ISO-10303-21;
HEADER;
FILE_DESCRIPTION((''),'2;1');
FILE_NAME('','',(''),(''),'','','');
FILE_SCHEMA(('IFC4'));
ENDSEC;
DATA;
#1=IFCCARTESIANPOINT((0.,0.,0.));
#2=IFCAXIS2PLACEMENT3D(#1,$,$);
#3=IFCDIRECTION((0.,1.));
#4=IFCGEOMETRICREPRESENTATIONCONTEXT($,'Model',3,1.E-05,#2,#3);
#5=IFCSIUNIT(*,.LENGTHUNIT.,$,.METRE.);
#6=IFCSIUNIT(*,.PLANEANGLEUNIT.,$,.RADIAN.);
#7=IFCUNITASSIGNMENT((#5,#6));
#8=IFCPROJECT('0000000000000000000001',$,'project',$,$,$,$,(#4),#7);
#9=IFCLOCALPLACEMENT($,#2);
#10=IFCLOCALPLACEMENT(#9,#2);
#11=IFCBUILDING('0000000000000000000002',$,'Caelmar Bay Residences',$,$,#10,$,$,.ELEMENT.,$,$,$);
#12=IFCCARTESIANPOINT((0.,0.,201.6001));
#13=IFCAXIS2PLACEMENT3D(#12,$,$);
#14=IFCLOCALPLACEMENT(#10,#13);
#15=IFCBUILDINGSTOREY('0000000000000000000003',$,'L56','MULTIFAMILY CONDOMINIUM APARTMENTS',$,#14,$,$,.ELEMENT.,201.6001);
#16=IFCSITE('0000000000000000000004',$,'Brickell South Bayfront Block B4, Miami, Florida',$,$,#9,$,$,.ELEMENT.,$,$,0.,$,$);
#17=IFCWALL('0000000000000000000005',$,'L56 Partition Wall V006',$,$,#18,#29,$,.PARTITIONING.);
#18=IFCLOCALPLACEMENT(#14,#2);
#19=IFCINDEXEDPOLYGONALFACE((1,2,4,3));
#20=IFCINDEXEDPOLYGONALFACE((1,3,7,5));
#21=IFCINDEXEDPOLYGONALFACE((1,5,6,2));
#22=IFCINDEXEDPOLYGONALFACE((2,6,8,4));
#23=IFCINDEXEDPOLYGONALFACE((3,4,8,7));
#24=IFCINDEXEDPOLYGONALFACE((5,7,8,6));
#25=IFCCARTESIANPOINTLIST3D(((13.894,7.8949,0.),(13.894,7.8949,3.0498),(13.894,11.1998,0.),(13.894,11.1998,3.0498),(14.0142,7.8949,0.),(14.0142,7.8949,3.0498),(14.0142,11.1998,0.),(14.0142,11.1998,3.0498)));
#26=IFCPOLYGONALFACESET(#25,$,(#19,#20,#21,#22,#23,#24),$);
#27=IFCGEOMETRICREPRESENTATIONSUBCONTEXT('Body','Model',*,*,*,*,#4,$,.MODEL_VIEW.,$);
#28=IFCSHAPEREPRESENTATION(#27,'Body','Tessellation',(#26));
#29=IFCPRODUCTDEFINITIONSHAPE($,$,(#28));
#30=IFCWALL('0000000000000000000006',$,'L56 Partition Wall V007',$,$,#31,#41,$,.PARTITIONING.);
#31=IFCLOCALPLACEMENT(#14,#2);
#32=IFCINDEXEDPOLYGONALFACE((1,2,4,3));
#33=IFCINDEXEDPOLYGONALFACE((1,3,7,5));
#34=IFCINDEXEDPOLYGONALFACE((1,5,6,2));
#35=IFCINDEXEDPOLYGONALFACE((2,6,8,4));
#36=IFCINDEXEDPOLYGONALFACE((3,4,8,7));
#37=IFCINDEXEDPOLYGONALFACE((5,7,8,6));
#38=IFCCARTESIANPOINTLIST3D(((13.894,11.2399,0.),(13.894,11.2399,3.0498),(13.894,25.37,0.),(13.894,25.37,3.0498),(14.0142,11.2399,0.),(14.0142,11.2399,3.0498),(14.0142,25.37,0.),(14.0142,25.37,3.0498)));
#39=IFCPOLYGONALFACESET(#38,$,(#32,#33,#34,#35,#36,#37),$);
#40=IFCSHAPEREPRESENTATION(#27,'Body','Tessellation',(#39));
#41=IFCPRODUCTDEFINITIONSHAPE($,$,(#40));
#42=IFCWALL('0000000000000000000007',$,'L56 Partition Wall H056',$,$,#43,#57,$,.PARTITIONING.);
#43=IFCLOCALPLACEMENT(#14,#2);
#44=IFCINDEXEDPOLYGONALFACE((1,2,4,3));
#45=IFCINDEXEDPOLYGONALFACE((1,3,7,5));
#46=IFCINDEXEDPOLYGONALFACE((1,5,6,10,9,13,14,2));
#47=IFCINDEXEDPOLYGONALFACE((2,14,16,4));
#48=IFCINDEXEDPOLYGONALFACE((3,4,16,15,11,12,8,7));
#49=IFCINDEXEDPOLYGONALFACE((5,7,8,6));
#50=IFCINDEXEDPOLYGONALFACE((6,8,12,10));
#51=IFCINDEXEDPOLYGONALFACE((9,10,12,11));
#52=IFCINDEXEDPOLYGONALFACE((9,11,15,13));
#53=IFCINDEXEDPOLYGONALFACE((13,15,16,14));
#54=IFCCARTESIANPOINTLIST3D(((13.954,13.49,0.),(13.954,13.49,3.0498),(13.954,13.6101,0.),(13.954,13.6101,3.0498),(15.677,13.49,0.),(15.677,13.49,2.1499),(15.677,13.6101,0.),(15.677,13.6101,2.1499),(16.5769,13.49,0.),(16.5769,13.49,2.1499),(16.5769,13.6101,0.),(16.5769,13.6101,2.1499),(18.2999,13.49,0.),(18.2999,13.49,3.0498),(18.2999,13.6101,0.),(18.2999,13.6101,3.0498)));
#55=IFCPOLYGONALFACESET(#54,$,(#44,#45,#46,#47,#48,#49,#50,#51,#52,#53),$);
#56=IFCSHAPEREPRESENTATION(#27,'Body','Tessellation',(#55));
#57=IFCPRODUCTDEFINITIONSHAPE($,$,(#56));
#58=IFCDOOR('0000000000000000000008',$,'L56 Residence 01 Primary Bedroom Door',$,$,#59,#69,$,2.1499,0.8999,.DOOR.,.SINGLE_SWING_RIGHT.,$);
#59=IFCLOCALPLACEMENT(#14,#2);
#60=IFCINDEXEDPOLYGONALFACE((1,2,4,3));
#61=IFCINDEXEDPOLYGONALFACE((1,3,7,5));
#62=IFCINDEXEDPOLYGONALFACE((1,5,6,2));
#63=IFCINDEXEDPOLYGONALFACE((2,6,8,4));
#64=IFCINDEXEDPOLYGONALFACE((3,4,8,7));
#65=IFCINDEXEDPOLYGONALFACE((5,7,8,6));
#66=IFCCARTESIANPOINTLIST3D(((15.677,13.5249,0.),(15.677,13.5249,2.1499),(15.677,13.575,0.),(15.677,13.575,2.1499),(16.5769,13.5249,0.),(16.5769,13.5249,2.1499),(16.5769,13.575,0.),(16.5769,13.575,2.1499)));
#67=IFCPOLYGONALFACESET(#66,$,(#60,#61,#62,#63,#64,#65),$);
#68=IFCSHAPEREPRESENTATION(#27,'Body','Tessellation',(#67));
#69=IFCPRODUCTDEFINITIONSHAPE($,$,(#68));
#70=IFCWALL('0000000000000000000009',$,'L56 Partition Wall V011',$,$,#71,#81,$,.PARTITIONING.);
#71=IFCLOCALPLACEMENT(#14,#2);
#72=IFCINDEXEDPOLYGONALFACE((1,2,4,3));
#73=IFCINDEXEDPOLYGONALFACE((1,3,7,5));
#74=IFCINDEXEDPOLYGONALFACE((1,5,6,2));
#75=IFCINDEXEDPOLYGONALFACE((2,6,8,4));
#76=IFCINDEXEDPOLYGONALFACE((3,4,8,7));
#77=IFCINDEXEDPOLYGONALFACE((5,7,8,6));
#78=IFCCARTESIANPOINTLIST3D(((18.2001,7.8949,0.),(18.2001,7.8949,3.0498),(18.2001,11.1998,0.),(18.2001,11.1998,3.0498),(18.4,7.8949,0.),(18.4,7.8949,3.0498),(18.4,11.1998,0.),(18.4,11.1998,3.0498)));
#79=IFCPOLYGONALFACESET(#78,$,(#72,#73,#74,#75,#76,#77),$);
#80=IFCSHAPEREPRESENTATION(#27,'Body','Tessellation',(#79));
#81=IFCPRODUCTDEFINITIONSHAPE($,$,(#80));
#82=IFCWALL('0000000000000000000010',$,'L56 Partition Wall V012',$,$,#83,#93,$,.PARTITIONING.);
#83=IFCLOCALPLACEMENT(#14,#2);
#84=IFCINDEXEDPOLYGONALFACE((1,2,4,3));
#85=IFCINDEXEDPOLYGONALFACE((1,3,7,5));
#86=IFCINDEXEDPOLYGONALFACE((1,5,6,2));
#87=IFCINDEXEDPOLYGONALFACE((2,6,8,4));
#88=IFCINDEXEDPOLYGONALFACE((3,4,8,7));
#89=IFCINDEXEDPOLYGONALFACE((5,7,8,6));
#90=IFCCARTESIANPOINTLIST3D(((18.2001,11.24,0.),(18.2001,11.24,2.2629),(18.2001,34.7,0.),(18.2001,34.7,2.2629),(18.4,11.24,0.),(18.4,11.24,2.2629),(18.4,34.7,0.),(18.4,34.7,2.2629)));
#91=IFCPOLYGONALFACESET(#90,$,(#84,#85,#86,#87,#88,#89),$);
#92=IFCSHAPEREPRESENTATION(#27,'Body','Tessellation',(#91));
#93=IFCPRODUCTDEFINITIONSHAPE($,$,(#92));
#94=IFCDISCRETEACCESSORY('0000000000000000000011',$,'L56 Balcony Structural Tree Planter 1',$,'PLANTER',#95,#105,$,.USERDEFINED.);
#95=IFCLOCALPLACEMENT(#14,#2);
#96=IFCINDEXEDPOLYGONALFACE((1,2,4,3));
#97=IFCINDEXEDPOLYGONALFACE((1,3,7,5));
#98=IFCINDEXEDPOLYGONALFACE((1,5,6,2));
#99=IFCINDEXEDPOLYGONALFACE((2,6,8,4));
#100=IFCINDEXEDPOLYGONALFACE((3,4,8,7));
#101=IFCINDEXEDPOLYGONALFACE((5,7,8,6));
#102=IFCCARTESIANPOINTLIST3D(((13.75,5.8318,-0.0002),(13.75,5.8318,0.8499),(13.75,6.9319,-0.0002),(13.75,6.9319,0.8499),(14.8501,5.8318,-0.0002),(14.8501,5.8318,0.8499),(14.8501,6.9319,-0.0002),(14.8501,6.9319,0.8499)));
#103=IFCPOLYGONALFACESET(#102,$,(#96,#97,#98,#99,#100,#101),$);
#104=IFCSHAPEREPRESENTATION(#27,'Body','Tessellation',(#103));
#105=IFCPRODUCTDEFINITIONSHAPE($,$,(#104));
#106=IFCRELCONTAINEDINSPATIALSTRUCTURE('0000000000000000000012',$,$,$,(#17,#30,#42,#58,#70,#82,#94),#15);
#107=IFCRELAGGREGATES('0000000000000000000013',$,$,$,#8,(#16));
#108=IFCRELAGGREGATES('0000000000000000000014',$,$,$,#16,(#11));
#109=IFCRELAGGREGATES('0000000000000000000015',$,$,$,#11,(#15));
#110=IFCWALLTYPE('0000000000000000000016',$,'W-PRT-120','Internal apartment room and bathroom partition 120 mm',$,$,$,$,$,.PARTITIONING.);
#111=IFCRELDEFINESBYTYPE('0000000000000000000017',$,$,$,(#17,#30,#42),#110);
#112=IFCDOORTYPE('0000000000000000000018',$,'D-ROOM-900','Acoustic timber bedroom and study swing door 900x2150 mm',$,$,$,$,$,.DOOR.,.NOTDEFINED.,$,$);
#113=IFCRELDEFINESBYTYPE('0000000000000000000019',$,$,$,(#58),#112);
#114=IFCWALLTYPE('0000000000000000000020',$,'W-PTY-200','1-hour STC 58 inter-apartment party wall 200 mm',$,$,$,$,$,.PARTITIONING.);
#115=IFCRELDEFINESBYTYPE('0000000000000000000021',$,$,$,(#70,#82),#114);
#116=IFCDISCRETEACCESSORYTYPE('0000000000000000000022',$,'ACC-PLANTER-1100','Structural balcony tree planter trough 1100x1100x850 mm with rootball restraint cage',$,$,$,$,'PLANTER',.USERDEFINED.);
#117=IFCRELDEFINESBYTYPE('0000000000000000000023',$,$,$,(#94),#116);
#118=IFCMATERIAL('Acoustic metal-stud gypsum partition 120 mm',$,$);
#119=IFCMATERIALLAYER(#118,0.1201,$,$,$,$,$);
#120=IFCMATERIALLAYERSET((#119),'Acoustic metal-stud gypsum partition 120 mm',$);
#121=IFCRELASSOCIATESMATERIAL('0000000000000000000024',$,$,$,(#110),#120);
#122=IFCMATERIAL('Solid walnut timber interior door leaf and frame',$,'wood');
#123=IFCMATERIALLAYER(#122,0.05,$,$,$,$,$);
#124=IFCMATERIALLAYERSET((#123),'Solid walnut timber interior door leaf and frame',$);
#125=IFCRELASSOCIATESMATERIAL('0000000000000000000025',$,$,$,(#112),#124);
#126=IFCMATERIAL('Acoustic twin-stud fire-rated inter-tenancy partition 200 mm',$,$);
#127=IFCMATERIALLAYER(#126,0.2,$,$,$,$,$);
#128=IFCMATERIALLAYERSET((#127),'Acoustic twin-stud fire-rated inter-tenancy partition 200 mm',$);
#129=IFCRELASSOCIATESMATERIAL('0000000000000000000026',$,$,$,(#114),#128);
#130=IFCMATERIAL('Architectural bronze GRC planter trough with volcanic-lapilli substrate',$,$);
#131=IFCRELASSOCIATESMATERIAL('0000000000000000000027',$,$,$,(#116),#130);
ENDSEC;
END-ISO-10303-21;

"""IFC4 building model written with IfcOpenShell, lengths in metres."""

from ifc_helpers import new_model, si_unit, direction, frame, frame_2d, origin, origin_2d, place, context, subcontext, project, spatial, rectangle, extrude, material, layer, layer_set, type_object, element, fill, save


model = new_model("IFC4")

# Units and contexts
model_context = context("Model", 3, precision=1e-05, world=origin(), true_north=direction((0.0, 1.0)))
body_context = subcontext(model_context, "Body", "Model", "MODEL_VIEW")
ifc_project = project(units=[si_unit("LENGTHUNIT", "METRE"), si_unit("PLANEANGLEUNIT", "RADIAN")], contexts=[model_context])

# Site, building, storey
site_placement = place(None, origin())
site = spatial("IfcSite", under=ifc_project, at=site_placement, Name="Brickell South Bayfront Block B4, Miami, Florida", CompositionType="ELEMENT", RefElevation=0.0)
building_placement = place(site_placement, origin())
building = spatial("IfcBuilding", under=site, at=building_placement, Name="Caelmar Bay Residences", CompositionType="ELEMENT")
storey_placement = place(building_placement, frame((0.0, 0.0, 201.6001)))
storey = spatial("IfcBuildingStorey", under=building, at=storey_placement, Name="L56", Description="MULTIFAMILY CONDOMINIUM APARTMENTS", CompositionType="ELEMENT", Elevation=201.6001)

# Shared definitions
ifc_material_1 = material(Name="Acoustic metal-stud gypsum partition 120 mm")
ifc_layer_1 = layer(ifc_material_1, 0.1201)
ifc_layer_set_1 = layer_set([ifc_layer_1], Name="Acoustic metal-stud gypsum partition 120 mm")
wall_type_1 = type_object("IfcWallType", Name="W-PRT-120", Description="Internal apartment room and bathroom partition 120 mm", PredefinedType="PARTITIONING", material=ifc_layer_set_1)
ifc_material_2 = material(Name="Solid walnut timber interior door leaf and frame", Category="wood")
ifc_layer_2 = layer(ifc_material_2, 0.05)
ifc_layer_set_2 = layer_set([ifc_layer_2], Name="Solid walnut timber interior door leaf and frame")
door_type = type_object("IfcDoorType", Name="D-ROOM-900", Description="Acoustic timber bedroom and study swing door 900x2150 mm", OperationType="NOTDEFINED", PredefinedType="DOOR", material=ifc_layer_set_2)

# Walls
wall_1_placement = place(storey_placement, frame((13.9541, 7.895, 0.0), z_axis=(0.0, 0.0, 1.0), x_axis=(0.0, 1.0, 0.0)))
element("IfcWall", 1, at=wall_1_placement, inside=storey, type_object=wall_type_1, Name="L56 Partition Wall V006", PredefinedType="PARTITIONING", context=body_context, shape_type="SweptSolid", body=[
    extrude(rectangle(XDim=3.3049, YDim=0.1201, at=frame_2d((1.6523, 0.0))), origin(), (0.0, 0.0, 1.0), 3.0498),
])
wall_2_placement = place(storey_placement, frame((13.9541, 11.24, 0.0), z_axis=(0.0, 0.0, 1.0), x_axis=(0.0, 1.0, 0.0)))
element("IfcWall", 2, at=wall_2_placement, inside=storey, type_object=wall_type_1, Name="L56 Partition Wall V007", PredefinedType="PARTITIONING", context=body_context, shape_type="SweptSolid", body=[
    extrude(rectangle(XDim=14.1301, YDim=0.1201, at=frame_2d((7.0649, 0.0))), origin(), (0.0, 0.0, 1.0), 3.0498),
])

# Wall, opening, door
wall_3_placement = place(storey_placement, frame((13.9541, 13.55, 0.0), z_axis=(0.0, 0.0, 1.0), x_axis=(1.0, 0.0, 0.0)))
wall_3 = element("IfcWall", 3, at=wall_3_placement, inside=storey, type_object=wall_type_1, Name="L56 Partition Wall H056", PredefinedType="PARTITIONING", context=body_context, shape_type="SweptSolid", body=[
    extrude(rectangle(XDim=4.3459, YDim=0.1201, at=frame_2d((2.1729, 0.0))), origin(), (0.0, 0.0, 1.0), 3.0498),
])
opening_1_placement = place(wall_3_placement, frame((1.7229, 0.0, 0.0)))
opening_1 = element("IfcOpeningElement", 4, at=opening_1_placement, cuts=wall_3, PredefinedType="OPENING", context=body_context, shape_type="SweptSolid", body=[
    extrude(rectangle(XDim=0.8999, YDim=2.1499, at=frame_2d((0.45, 1.075))), frame((0.0, 0.0701, 0.0), z_axis=(0.0, -1.0, 0.0), x_axis=(1.0, 0.0, 0.0)), (0.0, 0.0, 1.0), 0.1401),
])
door_1_placement = place(opening_1_placement, origin())
door_1 = element("IfcDoor", 5, at=door_1_placement, inside=storey, type_object=door_type, Name="L56 Residence 01 Primary Bedroom Door", OperationType="SINGLE_SWING_RIGHT", OverallHeight=2.1499, OverallWidth=0.8999, PredefinedType="DOOR", context=body_context, shape_type="SweptSolid", body=[
    extrude(rectangle(XDim=0.8999, YDim=2.1499, at=frame_2d((0.45, 1.075))), frame((0.0, 0.0249, 0.0), z_axis=(0.0, -1.0, 0.0), x_axis=(1.0, 0.0, 0.0)), (0.0, 0.0, 1.0), 0.05),
])
fill(opening_1, door_1)

# Walls
ifc_material_3 = material(Name="Acoustic twin-stud fire-rated inter-tenancy partition 200 mm")
ifc_layer_3 = layer(ifc_material_3, 0.2)
ifc_layer_set_3 = layer_set([ifc_layer_3], Name="Acoustic twin-stud fire-rated inter-tenancy partition 200 mm")
wall_type_2 = type_object("IfcWallType", Name="W-PTY-200", Description="1-hour STC 58 inter-apartment party wall 200 mm", PredefinedType="PARTITIONING", material=ifc_layer_set_3)
wall_4_placement = place(storey_placement, frame((18.3, 7.895, 0.0), z_axis=(0.0, 0.0, 1.0), x_axis=(0.0, 1.0, 0.0)))
element("IfcWall", 6, at=wall_4_placement, inside=storey, type_object=wall_type_2, Name="L56 Partition Wall V011", PredefinedType="PARTITIONING", context=body_context, shape_type="SweptSolid", body=[
    extrude(rectangle(XDim=3.3049, YDim=0.2, at=frame_2d((1.6523, 0.0))), origin(), (0.0, 0.0, 1.0), 3.0498),
])
wall_5_placement = place(storey_placement, frame((18.3, 11.24, 0.0), z_axis=(0.0, 0.0, 1.0), x_axis=(0.0, 1.0, 0.0)))
element("IfcWall", 7, at=wall_5_placement, inside=storey, type_object=wall_type_2, Name="L56 Partition Wall V012", PredefinedType="PARTITIONING", context=body_context, shape_type="SweptSolid", body=[
    extrude(rectangle(XDim=23.46, YDim=0.2, at=frame_2d((11.73, 0.0))), origin(), (0.0, 0.0, 1.0), 2.2629),
])

# Discrete accessory
ifc_material_4 = material(Name="Architectural bronze GRC planter trough with volcanic-lapilli substrate")
discrete_accessory_type = type_object("IfcDiscreteAccessoryType", Name="ACC-PLANTER-1100", Description="Structural balcony tree planter trough 1100x1100x850 mm with rootball restraint cage", ElementType="PLANTER", PredefinedType="USERDEFINED", material=ifc_material_4)
discrete_accessory_placement = place(storey_placement, frame((14.3, 6.3818, -0.0002), z_axis=(0.0, 0.0, 1.0), x_axis=(1.0, 0.0, 0.0)))
element("IfcDiscreteAccessory", 8, at=discrete_accessory_placement, inside=storey, type_object=discrete_accessory_type, Name="L56 Balcony Structural Tree Planter 1", ObjectType="PLANTER", PredefinedType="USERDEFINED", context=body_context, shape_type="SweptSolid", body=[
    extrude(rectangle(XDim=1.1001, YDim=1.1001, at=origin_2d()), origin(), (0.0, 0.0, 1.0), 0.8501),
])

save(model, "model.ifc")
